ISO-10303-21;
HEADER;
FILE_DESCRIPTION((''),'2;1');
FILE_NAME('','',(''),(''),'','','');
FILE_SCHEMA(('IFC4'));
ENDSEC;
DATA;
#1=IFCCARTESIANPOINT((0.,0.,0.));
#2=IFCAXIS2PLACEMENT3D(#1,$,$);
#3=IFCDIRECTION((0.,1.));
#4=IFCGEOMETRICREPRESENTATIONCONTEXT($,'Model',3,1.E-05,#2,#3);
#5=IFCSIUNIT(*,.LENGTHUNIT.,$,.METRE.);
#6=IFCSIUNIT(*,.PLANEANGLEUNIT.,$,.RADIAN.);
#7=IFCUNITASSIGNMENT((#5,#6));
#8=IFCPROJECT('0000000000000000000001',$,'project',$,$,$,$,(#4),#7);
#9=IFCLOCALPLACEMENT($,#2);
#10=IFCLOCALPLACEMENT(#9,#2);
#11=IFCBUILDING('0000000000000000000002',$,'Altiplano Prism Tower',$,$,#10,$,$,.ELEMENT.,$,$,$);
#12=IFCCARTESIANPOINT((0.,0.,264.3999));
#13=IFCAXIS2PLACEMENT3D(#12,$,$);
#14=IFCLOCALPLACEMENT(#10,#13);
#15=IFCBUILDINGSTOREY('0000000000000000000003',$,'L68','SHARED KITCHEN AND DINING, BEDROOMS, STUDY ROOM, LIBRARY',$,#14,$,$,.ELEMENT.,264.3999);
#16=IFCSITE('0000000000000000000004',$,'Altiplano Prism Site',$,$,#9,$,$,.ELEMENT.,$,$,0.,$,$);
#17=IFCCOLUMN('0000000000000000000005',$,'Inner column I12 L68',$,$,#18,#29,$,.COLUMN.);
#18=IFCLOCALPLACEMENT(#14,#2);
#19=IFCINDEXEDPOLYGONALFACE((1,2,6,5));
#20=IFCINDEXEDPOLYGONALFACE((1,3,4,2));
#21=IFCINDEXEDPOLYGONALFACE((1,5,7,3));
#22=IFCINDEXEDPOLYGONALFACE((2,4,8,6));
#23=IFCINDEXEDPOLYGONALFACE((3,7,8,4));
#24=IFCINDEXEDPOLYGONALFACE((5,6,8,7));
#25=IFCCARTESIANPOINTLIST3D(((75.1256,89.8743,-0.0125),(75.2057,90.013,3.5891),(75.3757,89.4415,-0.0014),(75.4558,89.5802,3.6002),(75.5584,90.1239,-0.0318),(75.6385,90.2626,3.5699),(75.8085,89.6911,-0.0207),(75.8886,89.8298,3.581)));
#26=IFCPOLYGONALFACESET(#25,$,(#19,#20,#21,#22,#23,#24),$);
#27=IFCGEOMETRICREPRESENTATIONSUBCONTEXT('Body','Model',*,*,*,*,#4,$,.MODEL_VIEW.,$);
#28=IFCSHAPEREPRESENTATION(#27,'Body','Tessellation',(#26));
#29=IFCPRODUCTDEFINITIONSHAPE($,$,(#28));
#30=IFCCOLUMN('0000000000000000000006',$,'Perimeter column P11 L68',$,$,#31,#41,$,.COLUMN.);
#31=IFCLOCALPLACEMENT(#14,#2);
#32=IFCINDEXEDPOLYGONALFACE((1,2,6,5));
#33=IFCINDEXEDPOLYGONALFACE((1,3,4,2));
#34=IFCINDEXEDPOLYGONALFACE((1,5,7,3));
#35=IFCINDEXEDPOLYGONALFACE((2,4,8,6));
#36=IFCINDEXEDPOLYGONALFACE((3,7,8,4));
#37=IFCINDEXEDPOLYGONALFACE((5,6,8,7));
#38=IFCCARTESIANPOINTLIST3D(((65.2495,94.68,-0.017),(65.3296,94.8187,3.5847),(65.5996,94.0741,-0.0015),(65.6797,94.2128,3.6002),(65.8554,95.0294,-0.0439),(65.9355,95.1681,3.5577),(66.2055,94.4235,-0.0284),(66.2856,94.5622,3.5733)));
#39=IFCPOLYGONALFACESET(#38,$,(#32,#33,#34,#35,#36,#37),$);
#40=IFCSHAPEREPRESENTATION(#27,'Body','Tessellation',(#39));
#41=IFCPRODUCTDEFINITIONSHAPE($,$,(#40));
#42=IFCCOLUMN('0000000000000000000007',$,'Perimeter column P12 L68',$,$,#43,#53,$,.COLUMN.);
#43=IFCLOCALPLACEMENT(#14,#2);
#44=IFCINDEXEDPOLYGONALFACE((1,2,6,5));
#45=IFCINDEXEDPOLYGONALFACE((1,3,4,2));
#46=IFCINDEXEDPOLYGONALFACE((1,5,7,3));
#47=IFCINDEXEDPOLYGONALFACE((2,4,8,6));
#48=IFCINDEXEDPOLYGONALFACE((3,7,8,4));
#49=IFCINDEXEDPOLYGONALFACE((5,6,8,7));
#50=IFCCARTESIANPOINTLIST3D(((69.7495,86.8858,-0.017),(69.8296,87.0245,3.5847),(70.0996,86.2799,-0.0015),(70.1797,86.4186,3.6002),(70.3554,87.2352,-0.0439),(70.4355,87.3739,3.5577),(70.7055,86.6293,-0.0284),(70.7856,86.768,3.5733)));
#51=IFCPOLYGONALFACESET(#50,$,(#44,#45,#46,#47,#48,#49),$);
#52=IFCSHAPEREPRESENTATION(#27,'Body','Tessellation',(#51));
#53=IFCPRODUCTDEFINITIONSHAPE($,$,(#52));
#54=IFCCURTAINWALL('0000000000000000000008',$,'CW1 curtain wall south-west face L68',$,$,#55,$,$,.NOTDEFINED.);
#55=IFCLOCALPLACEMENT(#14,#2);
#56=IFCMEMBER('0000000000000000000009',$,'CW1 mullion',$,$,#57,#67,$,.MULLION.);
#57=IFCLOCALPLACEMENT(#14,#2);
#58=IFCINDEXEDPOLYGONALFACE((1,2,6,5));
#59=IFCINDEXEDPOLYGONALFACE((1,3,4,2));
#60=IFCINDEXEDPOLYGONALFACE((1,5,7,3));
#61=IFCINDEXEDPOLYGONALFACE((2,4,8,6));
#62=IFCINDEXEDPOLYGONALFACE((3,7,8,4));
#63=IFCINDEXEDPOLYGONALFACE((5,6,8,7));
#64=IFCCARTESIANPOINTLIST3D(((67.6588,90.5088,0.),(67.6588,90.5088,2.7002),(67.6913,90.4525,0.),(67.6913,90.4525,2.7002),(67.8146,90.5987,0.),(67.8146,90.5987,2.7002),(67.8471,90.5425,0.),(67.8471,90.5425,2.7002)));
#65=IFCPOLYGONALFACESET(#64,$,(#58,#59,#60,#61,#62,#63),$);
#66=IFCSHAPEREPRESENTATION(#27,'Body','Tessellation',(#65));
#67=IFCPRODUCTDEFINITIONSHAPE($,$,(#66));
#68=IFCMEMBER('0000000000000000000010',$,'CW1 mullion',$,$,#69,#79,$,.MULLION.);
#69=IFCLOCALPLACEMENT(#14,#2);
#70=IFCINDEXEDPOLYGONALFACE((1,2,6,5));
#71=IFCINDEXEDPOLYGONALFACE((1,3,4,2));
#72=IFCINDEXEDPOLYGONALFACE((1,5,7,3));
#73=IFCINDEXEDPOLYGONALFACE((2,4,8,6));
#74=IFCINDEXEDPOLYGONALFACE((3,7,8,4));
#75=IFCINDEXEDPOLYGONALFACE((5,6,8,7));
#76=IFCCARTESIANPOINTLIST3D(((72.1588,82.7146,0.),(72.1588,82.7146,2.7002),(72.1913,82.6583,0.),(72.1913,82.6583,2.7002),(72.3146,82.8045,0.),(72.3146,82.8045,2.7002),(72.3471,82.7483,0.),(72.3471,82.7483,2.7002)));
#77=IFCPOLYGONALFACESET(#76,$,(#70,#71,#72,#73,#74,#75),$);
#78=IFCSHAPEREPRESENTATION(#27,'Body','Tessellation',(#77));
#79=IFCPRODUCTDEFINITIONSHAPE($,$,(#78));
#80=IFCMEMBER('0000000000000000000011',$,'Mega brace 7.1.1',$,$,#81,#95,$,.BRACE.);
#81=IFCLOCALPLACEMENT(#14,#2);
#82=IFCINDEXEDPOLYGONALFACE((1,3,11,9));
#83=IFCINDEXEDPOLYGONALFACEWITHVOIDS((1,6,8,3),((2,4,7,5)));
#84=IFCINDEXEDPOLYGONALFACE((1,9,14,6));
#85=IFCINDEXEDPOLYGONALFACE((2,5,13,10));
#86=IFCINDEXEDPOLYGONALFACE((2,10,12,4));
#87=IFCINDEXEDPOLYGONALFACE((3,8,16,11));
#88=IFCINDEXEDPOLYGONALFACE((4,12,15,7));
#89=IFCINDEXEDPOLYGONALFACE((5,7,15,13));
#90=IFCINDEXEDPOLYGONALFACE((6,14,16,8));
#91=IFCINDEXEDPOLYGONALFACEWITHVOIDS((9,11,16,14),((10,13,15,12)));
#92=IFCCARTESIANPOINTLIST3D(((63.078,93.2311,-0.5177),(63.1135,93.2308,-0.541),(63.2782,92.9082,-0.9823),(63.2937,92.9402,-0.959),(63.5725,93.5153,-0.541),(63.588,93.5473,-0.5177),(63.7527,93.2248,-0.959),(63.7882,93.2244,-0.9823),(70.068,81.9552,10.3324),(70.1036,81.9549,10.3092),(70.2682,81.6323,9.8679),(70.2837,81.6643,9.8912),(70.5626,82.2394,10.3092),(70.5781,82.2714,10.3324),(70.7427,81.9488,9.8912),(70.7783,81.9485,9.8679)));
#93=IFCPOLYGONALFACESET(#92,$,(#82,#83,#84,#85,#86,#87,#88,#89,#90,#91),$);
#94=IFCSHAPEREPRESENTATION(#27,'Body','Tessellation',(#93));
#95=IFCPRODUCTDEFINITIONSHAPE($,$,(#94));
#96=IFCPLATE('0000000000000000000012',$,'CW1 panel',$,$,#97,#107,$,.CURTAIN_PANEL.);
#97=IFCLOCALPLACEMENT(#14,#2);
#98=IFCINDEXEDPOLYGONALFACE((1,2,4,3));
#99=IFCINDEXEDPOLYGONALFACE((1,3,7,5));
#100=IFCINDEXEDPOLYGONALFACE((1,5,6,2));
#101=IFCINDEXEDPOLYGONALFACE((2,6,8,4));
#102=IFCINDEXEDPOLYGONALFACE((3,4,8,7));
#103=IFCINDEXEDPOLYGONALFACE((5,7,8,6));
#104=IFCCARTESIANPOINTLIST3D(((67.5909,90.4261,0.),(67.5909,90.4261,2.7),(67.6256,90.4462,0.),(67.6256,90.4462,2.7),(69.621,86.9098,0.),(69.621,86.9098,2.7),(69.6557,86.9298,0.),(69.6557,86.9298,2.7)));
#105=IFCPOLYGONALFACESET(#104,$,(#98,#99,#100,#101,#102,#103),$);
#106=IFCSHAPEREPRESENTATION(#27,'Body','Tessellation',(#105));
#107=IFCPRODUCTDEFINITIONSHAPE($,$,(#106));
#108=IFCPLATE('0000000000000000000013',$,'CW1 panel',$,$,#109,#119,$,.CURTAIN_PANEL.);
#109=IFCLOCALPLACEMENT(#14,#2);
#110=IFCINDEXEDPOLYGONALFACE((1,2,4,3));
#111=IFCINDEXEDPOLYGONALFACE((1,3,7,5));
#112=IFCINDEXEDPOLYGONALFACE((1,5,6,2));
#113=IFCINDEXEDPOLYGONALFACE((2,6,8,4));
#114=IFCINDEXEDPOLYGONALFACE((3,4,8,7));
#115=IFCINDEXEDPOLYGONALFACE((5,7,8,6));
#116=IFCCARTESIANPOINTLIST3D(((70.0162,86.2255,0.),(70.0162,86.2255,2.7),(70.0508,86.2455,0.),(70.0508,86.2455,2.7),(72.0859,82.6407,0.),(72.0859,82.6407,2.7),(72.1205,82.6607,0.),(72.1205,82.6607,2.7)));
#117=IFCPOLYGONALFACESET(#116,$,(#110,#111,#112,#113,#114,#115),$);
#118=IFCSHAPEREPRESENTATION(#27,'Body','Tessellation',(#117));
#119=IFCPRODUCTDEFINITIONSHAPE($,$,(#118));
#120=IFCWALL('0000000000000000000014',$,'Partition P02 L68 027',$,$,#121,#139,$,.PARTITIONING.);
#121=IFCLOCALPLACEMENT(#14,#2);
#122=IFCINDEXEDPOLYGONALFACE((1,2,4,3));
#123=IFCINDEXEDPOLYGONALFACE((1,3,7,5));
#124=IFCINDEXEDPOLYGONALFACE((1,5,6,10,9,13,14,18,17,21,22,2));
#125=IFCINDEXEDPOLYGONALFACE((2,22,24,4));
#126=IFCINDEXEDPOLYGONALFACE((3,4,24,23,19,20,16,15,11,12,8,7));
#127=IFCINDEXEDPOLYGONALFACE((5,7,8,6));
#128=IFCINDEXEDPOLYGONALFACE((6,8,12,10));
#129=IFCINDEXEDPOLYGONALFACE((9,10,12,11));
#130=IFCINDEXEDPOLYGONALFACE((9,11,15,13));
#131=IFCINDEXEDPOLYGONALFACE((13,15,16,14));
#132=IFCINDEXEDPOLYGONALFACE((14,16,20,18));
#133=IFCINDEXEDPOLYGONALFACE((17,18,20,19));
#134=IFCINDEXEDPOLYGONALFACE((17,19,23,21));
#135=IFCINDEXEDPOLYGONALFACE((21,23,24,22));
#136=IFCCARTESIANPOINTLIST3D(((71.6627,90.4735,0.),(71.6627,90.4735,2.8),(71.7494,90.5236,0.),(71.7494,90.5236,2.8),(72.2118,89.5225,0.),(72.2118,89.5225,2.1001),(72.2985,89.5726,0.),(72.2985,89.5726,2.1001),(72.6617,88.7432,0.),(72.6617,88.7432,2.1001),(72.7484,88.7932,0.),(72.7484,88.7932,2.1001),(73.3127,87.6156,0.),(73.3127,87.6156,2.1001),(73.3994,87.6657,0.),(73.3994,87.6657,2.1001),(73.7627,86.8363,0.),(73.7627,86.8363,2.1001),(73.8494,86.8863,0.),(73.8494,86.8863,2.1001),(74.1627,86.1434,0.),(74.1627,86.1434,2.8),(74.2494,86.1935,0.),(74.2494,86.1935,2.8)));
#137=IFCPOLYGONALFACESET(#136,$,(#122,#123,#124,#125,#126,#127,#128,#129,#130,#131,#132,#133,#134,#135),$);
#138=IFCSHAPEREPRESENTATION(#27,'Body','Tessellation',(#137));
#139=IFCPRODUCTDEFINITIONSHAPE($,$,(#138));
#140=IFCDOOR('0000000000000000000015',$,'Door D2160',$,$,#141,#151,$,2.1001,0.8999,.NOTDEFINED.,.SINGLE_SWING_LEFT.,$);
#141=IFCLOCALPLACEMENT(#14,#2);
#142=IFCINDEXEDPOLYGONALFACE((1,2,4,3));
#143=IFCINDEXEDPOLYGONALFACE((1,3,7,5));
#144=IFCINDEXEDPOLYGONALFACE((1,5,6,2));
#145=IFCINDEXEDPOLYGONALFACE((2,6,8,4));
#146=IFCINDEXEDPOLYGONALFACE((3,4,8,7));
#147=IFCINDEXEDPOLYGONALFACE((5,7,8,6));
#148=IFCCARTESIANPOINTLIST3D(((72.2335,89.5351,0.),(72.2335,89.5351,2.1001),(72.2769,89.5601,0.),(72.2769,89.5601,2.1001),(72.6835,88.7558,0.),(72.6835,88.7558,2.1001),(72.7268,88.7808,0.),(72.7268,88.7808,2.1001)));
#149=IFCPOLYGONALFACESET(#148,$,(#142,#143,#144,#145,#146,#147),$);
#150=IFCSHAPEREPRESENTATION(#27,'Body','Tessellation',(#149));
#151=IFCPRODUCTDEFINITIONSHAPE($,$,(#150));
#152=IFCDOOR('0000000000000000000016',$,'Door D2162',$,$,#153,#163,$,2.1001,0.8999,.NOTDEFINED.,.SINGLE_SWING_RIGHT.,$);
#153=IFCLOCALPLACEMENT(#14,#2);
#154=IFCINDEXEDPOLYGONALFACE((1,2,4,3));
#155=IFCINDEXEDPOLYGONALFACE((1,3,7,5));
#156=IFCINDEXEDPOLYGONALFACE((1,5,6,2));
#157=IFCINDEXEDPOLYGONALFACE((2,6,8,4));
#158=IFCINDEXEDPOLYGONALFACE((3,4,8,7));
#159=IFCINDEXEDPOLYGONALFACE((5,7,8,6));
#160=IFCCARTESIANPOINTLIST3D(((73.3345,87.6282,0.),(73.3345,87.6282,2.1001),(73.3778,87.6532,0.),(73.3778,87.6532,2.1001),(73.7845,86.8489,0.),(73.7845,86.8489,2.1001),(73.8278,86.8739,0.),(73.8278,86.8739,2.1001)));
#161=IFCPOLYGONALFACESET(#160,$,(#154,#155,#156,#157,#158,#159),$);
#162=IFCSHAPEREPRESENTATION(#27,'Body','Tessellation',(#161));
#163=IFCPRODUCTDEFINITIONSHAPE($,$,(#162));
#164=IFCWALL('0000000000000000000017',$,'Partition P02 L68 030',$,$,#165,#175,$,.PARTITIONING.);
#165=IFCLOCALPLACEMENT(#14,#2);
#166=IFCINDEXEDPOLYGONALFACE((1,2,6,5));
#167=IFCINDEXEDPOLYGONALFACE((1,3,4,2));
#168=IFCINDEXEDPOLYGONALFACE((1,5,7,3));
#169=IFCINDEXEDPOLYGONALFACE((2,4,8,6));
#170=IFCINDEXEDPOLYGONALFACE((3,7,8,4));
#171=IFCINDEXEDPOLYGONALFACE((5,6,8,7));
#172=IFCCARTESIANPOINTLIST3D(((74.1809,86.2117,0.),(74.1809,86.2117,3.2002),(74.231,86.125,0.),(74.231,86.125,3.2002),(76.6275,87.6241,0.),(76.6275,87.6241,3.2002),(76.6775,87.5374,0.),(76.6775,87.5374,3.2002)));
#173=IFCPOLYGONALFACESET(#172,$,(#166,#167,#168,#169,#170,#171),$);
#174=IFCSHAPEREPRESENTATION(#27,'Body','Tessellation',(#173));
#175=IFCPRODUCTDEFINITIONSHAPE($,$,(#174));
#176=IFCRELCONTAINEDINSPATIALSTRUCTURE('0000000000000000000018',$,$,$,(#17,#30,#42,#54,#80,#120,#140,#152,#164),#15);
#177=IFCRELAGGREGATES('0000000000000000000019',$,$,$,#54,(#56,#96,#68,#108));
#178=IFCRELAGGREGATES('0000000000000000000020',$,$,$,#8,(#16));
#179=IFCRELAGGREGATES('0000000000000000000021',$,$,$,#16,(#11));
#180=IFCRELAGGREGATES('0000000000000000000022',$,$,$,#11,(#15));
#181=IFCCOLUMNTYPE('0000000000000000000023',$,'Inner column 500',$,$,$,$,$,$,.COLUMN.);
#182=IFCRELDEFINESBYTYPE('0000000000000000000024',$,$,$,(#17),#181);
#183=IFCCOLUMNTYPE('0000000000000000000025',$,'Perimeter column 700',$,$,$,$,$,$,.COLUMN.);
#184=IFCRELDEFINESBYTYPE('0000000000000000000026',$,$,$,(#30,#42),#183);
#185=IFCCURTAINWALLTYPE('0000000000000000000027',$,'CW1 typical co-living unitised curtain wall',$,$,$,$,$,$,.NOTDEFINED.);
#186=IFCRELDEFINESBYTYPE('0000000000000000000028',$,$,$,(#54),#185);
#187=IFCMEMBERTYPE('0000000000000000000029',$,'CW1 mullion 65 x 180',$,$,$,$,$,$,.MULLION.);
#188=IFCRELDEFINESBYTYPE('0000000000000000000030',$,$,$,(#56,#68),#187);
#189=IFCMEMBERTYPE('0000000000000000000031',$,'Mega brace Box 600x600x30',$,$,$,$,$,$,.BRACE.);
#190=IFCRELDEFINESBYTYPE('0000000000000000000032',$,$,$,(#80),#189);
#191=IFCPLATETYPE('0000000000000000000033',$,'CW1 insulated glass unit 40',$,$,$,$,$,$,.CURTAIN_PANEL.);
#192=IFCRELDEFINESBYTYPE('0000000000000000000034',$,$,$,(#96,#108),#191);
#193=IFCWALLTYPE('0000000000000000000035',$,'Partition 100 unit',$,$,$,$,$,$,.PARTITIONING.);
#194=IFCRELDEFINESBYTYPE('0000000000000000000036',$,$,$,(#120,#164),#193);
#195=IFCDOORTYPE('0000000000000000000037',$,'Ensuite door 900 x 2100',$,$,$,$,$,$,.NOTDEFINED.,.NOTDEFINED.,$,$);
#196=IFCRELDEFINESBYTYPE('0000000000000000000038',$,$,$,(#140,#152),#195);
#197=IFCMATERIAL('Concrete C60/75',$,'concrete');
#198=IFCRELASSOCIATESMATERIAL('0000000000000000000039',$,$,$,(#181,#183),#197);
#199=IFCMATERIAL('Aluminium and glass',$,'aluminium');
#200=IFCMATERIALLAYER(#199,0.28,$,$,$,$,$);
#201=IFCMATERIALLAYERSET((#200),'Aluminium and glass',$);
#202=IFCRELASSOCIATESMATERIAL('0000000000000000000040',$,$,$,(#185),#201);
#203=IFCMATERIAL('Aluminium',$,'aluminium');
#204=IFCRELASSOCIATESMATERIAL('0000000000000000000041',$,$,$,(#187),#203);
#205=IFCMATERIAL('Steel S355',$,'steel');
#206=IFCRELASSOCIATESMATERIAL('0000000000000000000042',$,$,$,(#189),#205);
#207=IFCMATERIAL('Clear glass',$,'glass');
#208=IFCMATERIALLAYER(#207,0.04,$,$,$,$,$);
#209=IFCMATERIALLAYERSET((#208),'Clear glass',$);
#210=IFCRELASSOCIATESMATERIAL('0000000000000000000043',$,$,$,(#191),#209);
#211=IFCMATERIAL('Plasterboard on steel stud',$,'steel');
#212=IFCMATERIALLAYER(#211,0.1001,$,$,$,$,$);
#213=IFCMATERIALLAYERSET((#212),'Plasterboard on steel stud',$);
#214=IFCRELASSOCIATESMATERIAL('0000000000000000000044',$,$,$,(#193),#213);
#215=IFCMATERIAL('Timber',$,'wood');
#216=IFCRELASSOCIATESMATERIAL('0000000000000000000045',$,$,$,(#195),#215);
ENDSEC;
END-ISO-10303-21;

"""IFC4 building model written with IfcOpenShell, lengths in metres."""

from ifc_helpers import new_model, si_unit, direction, frame, frame_2d, origin, origin_2d, place, context, subcontext, project, spatial, rectangle, hollow_rectangle, extrude, material, layer, layer_set, material_profile, profile_set, type_object, element, fill, aggregate, save


model = new_model("IFC4")

# Units and contexts
model_context = context("Model", 3, precision=1e-05, world=origin(), true_north=direction((0.0, 1.0)))
body_context = subcontext(model_context, "Body", "Model", "MODEL_VIEW")
ifc_project = project(units=[si_unit("LENGTHUNIT", "METRE"), si_unit("PLANEANGLEUNIT", "RADIAN")], contexts=[model_context])

# Site, building, storey
site_placement = place(None, origin())
site = spatial("IfcSite", under=ifc_project, at=site_placement, Name="Altiplano Prism Site", CompositionType="ELEMENT", RefElevation=0.0)
building_placement = place(site_placement, origin())
building = spatial("IfcBuilding", under=site, at=building_placement, Name="Altiplano Prism Tower", CompositionType="ELEMENT")
storey_placement = place(building_placement, frame((0.0, 0.0, 264.3999)))
storey = spatial("IfcBuildingStorey", under=building, at=storey_placement, Name="L68", Description="SHARED KITCHEN AND DINING, BEDROOMS, STUDY ROOM, LIBRARY", CompositionType="ELEMENT", Elevation=264.3999)

# Columns
ifc_material_1 = material(Name="Concrete C60/75", Category="concrete")
ifc_material_profile_1 = material_profile(ifc_material_1, rectangle(XDim=0.5, YDim=0.5, at=origin_2d()), Name="Inner column 500")
ifc_profile_set_1 = profile_set([ifc_material_profile_1], Name="Concrete C60/75")
column_type_1 = type_object("IfcColumnType", Name="Inner column 500", PredefinedType="COLUMN", material=ifc_profile_set_1)
column_placement = place(storey_placement, frame((75.467, 89.7827, -0.0166), z_axis=(0.022212, 0.038465, 0.999013), x_axis=(-0.86564, -0.499187, 0.038467)))
element("IfcColumn", 1, at=column_placement, inside=storey, type_object=column_type_1, Name="Inner column I12 L68", PredefinedType="COLUMN", context=body_context, shape_type="SweptSolid", body=[
    extrude(rectangle(XDim=0.5, YDim=0.5, at=origin_2d()), origin(), (0.0, 0.0, 1.0), 3.6052),
])
ifc_material_profile_2 = material_profile(ifc_material_1, rectangle(XDim=0.7, YDim=0.7, at=origin_2d()), Name="Perimeter column 700")
ifc_profile_set_2 = profile_set([ifc_material_profile_2], Name="Concrete C60/75")
column_type_2 = type_object("IfcColumnType", Name="Perimeter column 700", PredefinedType="COLUMN", material=ifc_profile_set_2)
for number, where, z_axis, x_axis, name in (
    (2, (65.7275, 94.5518, -0.0227), (0.022212, 0.038465, 0.999013), (-0.86564, -0.499187, 0.038467), "Perimeter column P11 L68"),
    (3, (70.2275, 86.7576, -0.0227), (0.022212, 0.038465, 0.999013), (-0.86564, -0.499187, 0.038467), "Perimeter column P12 L68"),
):
    element("IfcColumn", number, at=place(storey_placement, frame(where, z_axis=z_axis, x_axis=x_axis)), inside=storey, type_object=column_type_2, Name=name, PredefinedType="COLUMN", context=body_context, shape_type="SweptSolid", body=[
        extrude(rectangle(XDim=0.7, YDim=0.7, at=origin_2d()), origin(), (0.0, 0.0, 1.0), 3.6052),
    ])

# Curtain wall, members
ifc_material_2 = material(Name="Aluminium and glass", Category="aluminium")
ifc_layer_1 = layer(ifc_material_2, 0.28)
ifc_layer_set_1 = layer_set([ifc_layer_1], Name="Aluminium and glass")
curtain_wall_type = type_object("IfcCurtainWallType", Name="CW1 typical co-living unitised curtain wall", PredefinedType="NOTDEFINED", material=ifc_layer_set_1)
curtain_wall_placement = place(storey_placement, origin())
curtain_wall = element("IfcCurtainWall", 4, at=curtain_wall_placement, inside=storey, type_object=curtain_wall_type, Name="CW1 curtain wall south-west face L68", PredefinedType="NOTDEFINED")
ifc_material_3 = material(Name="Aluminium", Category="aluminium")
ifc_material_profile_3 = material_profile(ifc_material_3, rectangle(XDim=0.1799, YDim=0.0649, at=origin_2d()), Name="CW1 mullion 65 x 180")
ifc_profile_set_3 = profile_set([ifc_material_profile_3], Name="Aluminium")
member_type_1 = type_object("IfcMemberType", Name="CW1 mullion 65 x 180", PredefinedType="MULLION", material=ifc_profile_set_3)
member_1_placement = place(storey_placement, frame((67.7529, 90.5256, 0.0), z_axis=(0.0, 0.0, 1.0), x_axis=(0.866025, 0.5, 0.0)))
member_1 = element("IfcMember", 5, at=member_1_placement, type_object=member_type_1, Name="CW1 mullion", PredefinedType="MULLION", context=body_context, shape_type="SweptSolid", body=[
    extrude(rectangle(XDim=0.1799, YDim=0.0649, at=origin_2d()), origin(), (0.0, 0.0, 1.0), 2.7002),
])
member_2_placement = place(storey_placement, frame((72.2529, 82.7314, 0.0), z_axis=(0.0, 0.0, 1.0), x_axis=(0.866025, 0.5, 0.0)))
member_2 = element("IfcMember", 6, at=member_2_placement, type_object=member_type_1, Name="CW1 mullion", PredefinedType="MULLION", context=body_context, shape_type="SweptSolid", body=[
    extrude(rectangle(XDim=0.1799, YDim=0.0649, at=origin_2d()), origin(), (0.0, 0.0, 1.0), 2.7002),
])

# Member
ifc_material_4 = material(Name="Steel S355", Category="steel")
ifc_material_profile_4 = material_profile(ifc_material_4, hollow_rectangle(XDim=0.6001, YDim=0.6001, WallThickness=0.03, at=origin_2d()), Name="Mega brace Box 600x600x30")
ifc_profile_set_4 = profile_set([ifc_material_profile_4], Name="Steel S355")
member_type_2 = type_object("IfcMemberType", Name="Mega brace Box 600x600x30", PredefinedType="BRACE", material=ifc_profile_set_4)
member_3_placement = place(storey_placement, frame((63.4331, 93.2278, -0.75), z_axis=(0.407852, -0.657925, 0.633081), x_axis=(0.849938, 0.526882, 0.0)))
element("IfcMember", 7, at=member_3_placement, inside=storey, type_object=member_type_2, Name="Mega brace 7.1.1", PredefinedType="BRACE", context=body_context, shape_type="SweptSolid", body=[
    extrude(hollow_rectangle(XDim=0.6001, YDim=0.6001, WallThickness=0.03, at=origin_2d()), origin(), (0.0, 0.0, 1.0), 17.1387),
])

# Plates
ifc_material_5 = material(Name="Clear glass", Category="glass")
ifc_layer_2 = layer(ifc_material_5, 0.04)
ifc_layer_set_2 = layer_set([ifc_layer_2], Name="Clear glass")
plate_type = type_object("IfcPlateType", Name="CW1 insulated glass unit 40", PredefinedType="CURTAIN_PANEL", material=ifc_layer_set_2)
plate_1_placement = place(storey_placement, frame((68.6233, 88.678, 0.0), z_axis=(0.0, 0.0, 1.0), x_axis=(0.5, -0.866025, 0.0)))
plate_1 = element("IfcPlate", 8, at=plate_1_placement, type_object=plate_type, Name="CW1 panel", PredefinedType="CURTAIN_PANEL", context=body_context, shape_type="SweptSolid", body=[
    extrude(rectangle(XDim=4.0603, YDim=0.04, at=origin_2d()), origin(), (0.0, 0.0, 1.0), 2.7),
])
plate_2_placement = place(storey_placement, frame((71.0684, 84.4431, 0.0), z_axis=(0.0, 0.0, 1.0), x_axis=(0.5, -0.866025, 0.0)))
plate_2 = element("IfcPlate", 9, at=plate_2_placement, type_object=plate_type, Name="CW1 panel", PredefinedType="CURTAIN_PANEL", context=body_context, shape_type="SweptSolid", body=[
    extrude(rectangle(XDim=4.1394, YDim=0.04, at=origin_2d()), origin(), (0.0, 0.0, 1.0), 2.7),
])
aggregate(curtain_wall, [member_1, plate_1, member_2, plate_2])

# Wall, openings, doors
ifc_material_6 = material(Name="Plasterboard on steel stud", Category="steel")
ifc_layer_3 = layer(ifc_material_6, 0.1001)
ifc_layer_set_3 = layer_set([ifc_layer_3], Name="Plasterboard on steel stud")
wall_type_1 = type_object("IfcWallType", Name="Partition 100 unit", PredefinedType="PARTITIONING", material=ifc_layer_set_3)
wall_1_placement = place(storey_placement, frame((74.2061, 86.1685, 0.0), z_axis=(0.0, 0.0, 1.0), x_axis=(-0.500004, 0.866023, 0.0)))
wall_1 = element("IfcWall", 10, at=wall_1_placement, inside=storey, type_object=wall_type_1, Name="Partition P02 L68 027", PredefinedType="PARTITIONING", context=body_context, shape_type="SweptSolid", body=[
    extrude(rectangle(XDim=5.0, YDim=0.1001, at=frame_2d((2.5, 0.0))), origin(), (0.0, 0.0, 1.0), 2.8),
])
opening_1_placement = place(wall_1_placement, frame((3.002, 0.0, 0.0)))
opening_1 = element("IfcOpeningElement", 11, at=opening_1_placement, cuts=wall_1, PredefinedType="OPENING", context=body_context, shape_type="SweptSolid", body=[
    extrude(rectangle(XDim=0.8999, YDim=2.1001, at=frame_2d((0.45, 1.05))), frame((0.0, 0.0605, 0.0), z_axis=(0.0, -1.0, 0.0), x_axis=(1.0, 0.0, 0.0)), (0.0, 0.0, 1.0), 0.1211),
])
opening_2_placement = place(wall_1_placement, frame((0.8, 0.0, 0.0)))
opening_2 = element("IfcOpeningElement", 12, at=opening_2_placement, cuts=wall_1, PredefinedType="OPENING", context=body_context, shape_type="SweptSolid", body=[
    extrude(rectangle(XDim=0.8999, YDim=2.1001, at=frame_2d((0.45, 1.05))), frame((0.0, 0.0605, 0.0), z_axis=(0.0, -1.0, 0.0), x_axis=(1.0, 0.0, 0.0)), (0.0, 0.0, 1.0), 0.1211),
])
ifc_material_7 = material(Name="Timber", Category="wood")
door_type = type_object("IfcDoorType", Name="Ensuite door 900 x 2100", OperationType="NOTDEFINED", PredefinedType="NOTDEFINED", material=ifc_material_7)
door_1_placement = place(opening_1_placement, origin())
door_1 = element("IfcDoor", 13, at=door_1_placement, inside=storey, type_object=door_type, Name="Door D2160", OperationType="SINGLE_SWING_LEFT", OverallHeight=2.1001, OverallWidth=0.8999, PredefinedType="NOTDEFINED", context=body_context, shape_type="SweptSolid", body=[
    extrude(rectangle(XDim=0.8999, YDim=2.1001, at=frame_2d((0.45, 1.05))), frame((0.0, 0.0249, 0.0), z_axis=(0.0, -1.0, 0.0), x_axis=(1.0, 0.0, 0.0)), (0.0, 0.0, 1.0), 0.05),
])
fill(opening_1, door_1)
door_2_placement = place(opening_2_placement, origin())
door_2 = element("IfcDoor", 14, at=door_2_placement, inside=storey, type_object=door_type, Name="Door D2162", OperationType="SINGLE_SWING_RIGHT", OverallHeight=2.1001, OverallWidth=0.8999, PredefinedType="NOTDEFINED", context=body_context, shape_type="SweptSolid", body=[
    extrude(rectangle(XDim=0.8999, YDim=2.1001, at=frame_2d((0.45, 1.05))), frame((0.0, 0.0249, 0.0), z_axis=(0.0, -1.0, 0.0), x_axis=(1.0, 0.0, 0.0)), (0.0, 0.0, 1.0), 0.05),
])
fill(opening_2, door_2)

# Wall
wall_2_placement = place(storey_placement, frame((76.6526, 87.5808, 0.0), z_axis=(0.0, 0.0, 1.0), x_axis=(-0.866049, -0.499959, 0.0)))
element("IfcWall", 15, at=wall_2_placement, inside=storey, type_object=wall_type_1, Name="Partition P02 L68 030", PredefinedType="PARTITIONING", context=body_context, shape_type="SweptSolid", body=[
    extrude(rectangle(XDim=2.825, YDim=0.1001, at=frame_2d((1.4126, 0.0))), origin(), (0.0, 0.0, 1.0), 3.2002),
])

save(model, "model.ifc")
